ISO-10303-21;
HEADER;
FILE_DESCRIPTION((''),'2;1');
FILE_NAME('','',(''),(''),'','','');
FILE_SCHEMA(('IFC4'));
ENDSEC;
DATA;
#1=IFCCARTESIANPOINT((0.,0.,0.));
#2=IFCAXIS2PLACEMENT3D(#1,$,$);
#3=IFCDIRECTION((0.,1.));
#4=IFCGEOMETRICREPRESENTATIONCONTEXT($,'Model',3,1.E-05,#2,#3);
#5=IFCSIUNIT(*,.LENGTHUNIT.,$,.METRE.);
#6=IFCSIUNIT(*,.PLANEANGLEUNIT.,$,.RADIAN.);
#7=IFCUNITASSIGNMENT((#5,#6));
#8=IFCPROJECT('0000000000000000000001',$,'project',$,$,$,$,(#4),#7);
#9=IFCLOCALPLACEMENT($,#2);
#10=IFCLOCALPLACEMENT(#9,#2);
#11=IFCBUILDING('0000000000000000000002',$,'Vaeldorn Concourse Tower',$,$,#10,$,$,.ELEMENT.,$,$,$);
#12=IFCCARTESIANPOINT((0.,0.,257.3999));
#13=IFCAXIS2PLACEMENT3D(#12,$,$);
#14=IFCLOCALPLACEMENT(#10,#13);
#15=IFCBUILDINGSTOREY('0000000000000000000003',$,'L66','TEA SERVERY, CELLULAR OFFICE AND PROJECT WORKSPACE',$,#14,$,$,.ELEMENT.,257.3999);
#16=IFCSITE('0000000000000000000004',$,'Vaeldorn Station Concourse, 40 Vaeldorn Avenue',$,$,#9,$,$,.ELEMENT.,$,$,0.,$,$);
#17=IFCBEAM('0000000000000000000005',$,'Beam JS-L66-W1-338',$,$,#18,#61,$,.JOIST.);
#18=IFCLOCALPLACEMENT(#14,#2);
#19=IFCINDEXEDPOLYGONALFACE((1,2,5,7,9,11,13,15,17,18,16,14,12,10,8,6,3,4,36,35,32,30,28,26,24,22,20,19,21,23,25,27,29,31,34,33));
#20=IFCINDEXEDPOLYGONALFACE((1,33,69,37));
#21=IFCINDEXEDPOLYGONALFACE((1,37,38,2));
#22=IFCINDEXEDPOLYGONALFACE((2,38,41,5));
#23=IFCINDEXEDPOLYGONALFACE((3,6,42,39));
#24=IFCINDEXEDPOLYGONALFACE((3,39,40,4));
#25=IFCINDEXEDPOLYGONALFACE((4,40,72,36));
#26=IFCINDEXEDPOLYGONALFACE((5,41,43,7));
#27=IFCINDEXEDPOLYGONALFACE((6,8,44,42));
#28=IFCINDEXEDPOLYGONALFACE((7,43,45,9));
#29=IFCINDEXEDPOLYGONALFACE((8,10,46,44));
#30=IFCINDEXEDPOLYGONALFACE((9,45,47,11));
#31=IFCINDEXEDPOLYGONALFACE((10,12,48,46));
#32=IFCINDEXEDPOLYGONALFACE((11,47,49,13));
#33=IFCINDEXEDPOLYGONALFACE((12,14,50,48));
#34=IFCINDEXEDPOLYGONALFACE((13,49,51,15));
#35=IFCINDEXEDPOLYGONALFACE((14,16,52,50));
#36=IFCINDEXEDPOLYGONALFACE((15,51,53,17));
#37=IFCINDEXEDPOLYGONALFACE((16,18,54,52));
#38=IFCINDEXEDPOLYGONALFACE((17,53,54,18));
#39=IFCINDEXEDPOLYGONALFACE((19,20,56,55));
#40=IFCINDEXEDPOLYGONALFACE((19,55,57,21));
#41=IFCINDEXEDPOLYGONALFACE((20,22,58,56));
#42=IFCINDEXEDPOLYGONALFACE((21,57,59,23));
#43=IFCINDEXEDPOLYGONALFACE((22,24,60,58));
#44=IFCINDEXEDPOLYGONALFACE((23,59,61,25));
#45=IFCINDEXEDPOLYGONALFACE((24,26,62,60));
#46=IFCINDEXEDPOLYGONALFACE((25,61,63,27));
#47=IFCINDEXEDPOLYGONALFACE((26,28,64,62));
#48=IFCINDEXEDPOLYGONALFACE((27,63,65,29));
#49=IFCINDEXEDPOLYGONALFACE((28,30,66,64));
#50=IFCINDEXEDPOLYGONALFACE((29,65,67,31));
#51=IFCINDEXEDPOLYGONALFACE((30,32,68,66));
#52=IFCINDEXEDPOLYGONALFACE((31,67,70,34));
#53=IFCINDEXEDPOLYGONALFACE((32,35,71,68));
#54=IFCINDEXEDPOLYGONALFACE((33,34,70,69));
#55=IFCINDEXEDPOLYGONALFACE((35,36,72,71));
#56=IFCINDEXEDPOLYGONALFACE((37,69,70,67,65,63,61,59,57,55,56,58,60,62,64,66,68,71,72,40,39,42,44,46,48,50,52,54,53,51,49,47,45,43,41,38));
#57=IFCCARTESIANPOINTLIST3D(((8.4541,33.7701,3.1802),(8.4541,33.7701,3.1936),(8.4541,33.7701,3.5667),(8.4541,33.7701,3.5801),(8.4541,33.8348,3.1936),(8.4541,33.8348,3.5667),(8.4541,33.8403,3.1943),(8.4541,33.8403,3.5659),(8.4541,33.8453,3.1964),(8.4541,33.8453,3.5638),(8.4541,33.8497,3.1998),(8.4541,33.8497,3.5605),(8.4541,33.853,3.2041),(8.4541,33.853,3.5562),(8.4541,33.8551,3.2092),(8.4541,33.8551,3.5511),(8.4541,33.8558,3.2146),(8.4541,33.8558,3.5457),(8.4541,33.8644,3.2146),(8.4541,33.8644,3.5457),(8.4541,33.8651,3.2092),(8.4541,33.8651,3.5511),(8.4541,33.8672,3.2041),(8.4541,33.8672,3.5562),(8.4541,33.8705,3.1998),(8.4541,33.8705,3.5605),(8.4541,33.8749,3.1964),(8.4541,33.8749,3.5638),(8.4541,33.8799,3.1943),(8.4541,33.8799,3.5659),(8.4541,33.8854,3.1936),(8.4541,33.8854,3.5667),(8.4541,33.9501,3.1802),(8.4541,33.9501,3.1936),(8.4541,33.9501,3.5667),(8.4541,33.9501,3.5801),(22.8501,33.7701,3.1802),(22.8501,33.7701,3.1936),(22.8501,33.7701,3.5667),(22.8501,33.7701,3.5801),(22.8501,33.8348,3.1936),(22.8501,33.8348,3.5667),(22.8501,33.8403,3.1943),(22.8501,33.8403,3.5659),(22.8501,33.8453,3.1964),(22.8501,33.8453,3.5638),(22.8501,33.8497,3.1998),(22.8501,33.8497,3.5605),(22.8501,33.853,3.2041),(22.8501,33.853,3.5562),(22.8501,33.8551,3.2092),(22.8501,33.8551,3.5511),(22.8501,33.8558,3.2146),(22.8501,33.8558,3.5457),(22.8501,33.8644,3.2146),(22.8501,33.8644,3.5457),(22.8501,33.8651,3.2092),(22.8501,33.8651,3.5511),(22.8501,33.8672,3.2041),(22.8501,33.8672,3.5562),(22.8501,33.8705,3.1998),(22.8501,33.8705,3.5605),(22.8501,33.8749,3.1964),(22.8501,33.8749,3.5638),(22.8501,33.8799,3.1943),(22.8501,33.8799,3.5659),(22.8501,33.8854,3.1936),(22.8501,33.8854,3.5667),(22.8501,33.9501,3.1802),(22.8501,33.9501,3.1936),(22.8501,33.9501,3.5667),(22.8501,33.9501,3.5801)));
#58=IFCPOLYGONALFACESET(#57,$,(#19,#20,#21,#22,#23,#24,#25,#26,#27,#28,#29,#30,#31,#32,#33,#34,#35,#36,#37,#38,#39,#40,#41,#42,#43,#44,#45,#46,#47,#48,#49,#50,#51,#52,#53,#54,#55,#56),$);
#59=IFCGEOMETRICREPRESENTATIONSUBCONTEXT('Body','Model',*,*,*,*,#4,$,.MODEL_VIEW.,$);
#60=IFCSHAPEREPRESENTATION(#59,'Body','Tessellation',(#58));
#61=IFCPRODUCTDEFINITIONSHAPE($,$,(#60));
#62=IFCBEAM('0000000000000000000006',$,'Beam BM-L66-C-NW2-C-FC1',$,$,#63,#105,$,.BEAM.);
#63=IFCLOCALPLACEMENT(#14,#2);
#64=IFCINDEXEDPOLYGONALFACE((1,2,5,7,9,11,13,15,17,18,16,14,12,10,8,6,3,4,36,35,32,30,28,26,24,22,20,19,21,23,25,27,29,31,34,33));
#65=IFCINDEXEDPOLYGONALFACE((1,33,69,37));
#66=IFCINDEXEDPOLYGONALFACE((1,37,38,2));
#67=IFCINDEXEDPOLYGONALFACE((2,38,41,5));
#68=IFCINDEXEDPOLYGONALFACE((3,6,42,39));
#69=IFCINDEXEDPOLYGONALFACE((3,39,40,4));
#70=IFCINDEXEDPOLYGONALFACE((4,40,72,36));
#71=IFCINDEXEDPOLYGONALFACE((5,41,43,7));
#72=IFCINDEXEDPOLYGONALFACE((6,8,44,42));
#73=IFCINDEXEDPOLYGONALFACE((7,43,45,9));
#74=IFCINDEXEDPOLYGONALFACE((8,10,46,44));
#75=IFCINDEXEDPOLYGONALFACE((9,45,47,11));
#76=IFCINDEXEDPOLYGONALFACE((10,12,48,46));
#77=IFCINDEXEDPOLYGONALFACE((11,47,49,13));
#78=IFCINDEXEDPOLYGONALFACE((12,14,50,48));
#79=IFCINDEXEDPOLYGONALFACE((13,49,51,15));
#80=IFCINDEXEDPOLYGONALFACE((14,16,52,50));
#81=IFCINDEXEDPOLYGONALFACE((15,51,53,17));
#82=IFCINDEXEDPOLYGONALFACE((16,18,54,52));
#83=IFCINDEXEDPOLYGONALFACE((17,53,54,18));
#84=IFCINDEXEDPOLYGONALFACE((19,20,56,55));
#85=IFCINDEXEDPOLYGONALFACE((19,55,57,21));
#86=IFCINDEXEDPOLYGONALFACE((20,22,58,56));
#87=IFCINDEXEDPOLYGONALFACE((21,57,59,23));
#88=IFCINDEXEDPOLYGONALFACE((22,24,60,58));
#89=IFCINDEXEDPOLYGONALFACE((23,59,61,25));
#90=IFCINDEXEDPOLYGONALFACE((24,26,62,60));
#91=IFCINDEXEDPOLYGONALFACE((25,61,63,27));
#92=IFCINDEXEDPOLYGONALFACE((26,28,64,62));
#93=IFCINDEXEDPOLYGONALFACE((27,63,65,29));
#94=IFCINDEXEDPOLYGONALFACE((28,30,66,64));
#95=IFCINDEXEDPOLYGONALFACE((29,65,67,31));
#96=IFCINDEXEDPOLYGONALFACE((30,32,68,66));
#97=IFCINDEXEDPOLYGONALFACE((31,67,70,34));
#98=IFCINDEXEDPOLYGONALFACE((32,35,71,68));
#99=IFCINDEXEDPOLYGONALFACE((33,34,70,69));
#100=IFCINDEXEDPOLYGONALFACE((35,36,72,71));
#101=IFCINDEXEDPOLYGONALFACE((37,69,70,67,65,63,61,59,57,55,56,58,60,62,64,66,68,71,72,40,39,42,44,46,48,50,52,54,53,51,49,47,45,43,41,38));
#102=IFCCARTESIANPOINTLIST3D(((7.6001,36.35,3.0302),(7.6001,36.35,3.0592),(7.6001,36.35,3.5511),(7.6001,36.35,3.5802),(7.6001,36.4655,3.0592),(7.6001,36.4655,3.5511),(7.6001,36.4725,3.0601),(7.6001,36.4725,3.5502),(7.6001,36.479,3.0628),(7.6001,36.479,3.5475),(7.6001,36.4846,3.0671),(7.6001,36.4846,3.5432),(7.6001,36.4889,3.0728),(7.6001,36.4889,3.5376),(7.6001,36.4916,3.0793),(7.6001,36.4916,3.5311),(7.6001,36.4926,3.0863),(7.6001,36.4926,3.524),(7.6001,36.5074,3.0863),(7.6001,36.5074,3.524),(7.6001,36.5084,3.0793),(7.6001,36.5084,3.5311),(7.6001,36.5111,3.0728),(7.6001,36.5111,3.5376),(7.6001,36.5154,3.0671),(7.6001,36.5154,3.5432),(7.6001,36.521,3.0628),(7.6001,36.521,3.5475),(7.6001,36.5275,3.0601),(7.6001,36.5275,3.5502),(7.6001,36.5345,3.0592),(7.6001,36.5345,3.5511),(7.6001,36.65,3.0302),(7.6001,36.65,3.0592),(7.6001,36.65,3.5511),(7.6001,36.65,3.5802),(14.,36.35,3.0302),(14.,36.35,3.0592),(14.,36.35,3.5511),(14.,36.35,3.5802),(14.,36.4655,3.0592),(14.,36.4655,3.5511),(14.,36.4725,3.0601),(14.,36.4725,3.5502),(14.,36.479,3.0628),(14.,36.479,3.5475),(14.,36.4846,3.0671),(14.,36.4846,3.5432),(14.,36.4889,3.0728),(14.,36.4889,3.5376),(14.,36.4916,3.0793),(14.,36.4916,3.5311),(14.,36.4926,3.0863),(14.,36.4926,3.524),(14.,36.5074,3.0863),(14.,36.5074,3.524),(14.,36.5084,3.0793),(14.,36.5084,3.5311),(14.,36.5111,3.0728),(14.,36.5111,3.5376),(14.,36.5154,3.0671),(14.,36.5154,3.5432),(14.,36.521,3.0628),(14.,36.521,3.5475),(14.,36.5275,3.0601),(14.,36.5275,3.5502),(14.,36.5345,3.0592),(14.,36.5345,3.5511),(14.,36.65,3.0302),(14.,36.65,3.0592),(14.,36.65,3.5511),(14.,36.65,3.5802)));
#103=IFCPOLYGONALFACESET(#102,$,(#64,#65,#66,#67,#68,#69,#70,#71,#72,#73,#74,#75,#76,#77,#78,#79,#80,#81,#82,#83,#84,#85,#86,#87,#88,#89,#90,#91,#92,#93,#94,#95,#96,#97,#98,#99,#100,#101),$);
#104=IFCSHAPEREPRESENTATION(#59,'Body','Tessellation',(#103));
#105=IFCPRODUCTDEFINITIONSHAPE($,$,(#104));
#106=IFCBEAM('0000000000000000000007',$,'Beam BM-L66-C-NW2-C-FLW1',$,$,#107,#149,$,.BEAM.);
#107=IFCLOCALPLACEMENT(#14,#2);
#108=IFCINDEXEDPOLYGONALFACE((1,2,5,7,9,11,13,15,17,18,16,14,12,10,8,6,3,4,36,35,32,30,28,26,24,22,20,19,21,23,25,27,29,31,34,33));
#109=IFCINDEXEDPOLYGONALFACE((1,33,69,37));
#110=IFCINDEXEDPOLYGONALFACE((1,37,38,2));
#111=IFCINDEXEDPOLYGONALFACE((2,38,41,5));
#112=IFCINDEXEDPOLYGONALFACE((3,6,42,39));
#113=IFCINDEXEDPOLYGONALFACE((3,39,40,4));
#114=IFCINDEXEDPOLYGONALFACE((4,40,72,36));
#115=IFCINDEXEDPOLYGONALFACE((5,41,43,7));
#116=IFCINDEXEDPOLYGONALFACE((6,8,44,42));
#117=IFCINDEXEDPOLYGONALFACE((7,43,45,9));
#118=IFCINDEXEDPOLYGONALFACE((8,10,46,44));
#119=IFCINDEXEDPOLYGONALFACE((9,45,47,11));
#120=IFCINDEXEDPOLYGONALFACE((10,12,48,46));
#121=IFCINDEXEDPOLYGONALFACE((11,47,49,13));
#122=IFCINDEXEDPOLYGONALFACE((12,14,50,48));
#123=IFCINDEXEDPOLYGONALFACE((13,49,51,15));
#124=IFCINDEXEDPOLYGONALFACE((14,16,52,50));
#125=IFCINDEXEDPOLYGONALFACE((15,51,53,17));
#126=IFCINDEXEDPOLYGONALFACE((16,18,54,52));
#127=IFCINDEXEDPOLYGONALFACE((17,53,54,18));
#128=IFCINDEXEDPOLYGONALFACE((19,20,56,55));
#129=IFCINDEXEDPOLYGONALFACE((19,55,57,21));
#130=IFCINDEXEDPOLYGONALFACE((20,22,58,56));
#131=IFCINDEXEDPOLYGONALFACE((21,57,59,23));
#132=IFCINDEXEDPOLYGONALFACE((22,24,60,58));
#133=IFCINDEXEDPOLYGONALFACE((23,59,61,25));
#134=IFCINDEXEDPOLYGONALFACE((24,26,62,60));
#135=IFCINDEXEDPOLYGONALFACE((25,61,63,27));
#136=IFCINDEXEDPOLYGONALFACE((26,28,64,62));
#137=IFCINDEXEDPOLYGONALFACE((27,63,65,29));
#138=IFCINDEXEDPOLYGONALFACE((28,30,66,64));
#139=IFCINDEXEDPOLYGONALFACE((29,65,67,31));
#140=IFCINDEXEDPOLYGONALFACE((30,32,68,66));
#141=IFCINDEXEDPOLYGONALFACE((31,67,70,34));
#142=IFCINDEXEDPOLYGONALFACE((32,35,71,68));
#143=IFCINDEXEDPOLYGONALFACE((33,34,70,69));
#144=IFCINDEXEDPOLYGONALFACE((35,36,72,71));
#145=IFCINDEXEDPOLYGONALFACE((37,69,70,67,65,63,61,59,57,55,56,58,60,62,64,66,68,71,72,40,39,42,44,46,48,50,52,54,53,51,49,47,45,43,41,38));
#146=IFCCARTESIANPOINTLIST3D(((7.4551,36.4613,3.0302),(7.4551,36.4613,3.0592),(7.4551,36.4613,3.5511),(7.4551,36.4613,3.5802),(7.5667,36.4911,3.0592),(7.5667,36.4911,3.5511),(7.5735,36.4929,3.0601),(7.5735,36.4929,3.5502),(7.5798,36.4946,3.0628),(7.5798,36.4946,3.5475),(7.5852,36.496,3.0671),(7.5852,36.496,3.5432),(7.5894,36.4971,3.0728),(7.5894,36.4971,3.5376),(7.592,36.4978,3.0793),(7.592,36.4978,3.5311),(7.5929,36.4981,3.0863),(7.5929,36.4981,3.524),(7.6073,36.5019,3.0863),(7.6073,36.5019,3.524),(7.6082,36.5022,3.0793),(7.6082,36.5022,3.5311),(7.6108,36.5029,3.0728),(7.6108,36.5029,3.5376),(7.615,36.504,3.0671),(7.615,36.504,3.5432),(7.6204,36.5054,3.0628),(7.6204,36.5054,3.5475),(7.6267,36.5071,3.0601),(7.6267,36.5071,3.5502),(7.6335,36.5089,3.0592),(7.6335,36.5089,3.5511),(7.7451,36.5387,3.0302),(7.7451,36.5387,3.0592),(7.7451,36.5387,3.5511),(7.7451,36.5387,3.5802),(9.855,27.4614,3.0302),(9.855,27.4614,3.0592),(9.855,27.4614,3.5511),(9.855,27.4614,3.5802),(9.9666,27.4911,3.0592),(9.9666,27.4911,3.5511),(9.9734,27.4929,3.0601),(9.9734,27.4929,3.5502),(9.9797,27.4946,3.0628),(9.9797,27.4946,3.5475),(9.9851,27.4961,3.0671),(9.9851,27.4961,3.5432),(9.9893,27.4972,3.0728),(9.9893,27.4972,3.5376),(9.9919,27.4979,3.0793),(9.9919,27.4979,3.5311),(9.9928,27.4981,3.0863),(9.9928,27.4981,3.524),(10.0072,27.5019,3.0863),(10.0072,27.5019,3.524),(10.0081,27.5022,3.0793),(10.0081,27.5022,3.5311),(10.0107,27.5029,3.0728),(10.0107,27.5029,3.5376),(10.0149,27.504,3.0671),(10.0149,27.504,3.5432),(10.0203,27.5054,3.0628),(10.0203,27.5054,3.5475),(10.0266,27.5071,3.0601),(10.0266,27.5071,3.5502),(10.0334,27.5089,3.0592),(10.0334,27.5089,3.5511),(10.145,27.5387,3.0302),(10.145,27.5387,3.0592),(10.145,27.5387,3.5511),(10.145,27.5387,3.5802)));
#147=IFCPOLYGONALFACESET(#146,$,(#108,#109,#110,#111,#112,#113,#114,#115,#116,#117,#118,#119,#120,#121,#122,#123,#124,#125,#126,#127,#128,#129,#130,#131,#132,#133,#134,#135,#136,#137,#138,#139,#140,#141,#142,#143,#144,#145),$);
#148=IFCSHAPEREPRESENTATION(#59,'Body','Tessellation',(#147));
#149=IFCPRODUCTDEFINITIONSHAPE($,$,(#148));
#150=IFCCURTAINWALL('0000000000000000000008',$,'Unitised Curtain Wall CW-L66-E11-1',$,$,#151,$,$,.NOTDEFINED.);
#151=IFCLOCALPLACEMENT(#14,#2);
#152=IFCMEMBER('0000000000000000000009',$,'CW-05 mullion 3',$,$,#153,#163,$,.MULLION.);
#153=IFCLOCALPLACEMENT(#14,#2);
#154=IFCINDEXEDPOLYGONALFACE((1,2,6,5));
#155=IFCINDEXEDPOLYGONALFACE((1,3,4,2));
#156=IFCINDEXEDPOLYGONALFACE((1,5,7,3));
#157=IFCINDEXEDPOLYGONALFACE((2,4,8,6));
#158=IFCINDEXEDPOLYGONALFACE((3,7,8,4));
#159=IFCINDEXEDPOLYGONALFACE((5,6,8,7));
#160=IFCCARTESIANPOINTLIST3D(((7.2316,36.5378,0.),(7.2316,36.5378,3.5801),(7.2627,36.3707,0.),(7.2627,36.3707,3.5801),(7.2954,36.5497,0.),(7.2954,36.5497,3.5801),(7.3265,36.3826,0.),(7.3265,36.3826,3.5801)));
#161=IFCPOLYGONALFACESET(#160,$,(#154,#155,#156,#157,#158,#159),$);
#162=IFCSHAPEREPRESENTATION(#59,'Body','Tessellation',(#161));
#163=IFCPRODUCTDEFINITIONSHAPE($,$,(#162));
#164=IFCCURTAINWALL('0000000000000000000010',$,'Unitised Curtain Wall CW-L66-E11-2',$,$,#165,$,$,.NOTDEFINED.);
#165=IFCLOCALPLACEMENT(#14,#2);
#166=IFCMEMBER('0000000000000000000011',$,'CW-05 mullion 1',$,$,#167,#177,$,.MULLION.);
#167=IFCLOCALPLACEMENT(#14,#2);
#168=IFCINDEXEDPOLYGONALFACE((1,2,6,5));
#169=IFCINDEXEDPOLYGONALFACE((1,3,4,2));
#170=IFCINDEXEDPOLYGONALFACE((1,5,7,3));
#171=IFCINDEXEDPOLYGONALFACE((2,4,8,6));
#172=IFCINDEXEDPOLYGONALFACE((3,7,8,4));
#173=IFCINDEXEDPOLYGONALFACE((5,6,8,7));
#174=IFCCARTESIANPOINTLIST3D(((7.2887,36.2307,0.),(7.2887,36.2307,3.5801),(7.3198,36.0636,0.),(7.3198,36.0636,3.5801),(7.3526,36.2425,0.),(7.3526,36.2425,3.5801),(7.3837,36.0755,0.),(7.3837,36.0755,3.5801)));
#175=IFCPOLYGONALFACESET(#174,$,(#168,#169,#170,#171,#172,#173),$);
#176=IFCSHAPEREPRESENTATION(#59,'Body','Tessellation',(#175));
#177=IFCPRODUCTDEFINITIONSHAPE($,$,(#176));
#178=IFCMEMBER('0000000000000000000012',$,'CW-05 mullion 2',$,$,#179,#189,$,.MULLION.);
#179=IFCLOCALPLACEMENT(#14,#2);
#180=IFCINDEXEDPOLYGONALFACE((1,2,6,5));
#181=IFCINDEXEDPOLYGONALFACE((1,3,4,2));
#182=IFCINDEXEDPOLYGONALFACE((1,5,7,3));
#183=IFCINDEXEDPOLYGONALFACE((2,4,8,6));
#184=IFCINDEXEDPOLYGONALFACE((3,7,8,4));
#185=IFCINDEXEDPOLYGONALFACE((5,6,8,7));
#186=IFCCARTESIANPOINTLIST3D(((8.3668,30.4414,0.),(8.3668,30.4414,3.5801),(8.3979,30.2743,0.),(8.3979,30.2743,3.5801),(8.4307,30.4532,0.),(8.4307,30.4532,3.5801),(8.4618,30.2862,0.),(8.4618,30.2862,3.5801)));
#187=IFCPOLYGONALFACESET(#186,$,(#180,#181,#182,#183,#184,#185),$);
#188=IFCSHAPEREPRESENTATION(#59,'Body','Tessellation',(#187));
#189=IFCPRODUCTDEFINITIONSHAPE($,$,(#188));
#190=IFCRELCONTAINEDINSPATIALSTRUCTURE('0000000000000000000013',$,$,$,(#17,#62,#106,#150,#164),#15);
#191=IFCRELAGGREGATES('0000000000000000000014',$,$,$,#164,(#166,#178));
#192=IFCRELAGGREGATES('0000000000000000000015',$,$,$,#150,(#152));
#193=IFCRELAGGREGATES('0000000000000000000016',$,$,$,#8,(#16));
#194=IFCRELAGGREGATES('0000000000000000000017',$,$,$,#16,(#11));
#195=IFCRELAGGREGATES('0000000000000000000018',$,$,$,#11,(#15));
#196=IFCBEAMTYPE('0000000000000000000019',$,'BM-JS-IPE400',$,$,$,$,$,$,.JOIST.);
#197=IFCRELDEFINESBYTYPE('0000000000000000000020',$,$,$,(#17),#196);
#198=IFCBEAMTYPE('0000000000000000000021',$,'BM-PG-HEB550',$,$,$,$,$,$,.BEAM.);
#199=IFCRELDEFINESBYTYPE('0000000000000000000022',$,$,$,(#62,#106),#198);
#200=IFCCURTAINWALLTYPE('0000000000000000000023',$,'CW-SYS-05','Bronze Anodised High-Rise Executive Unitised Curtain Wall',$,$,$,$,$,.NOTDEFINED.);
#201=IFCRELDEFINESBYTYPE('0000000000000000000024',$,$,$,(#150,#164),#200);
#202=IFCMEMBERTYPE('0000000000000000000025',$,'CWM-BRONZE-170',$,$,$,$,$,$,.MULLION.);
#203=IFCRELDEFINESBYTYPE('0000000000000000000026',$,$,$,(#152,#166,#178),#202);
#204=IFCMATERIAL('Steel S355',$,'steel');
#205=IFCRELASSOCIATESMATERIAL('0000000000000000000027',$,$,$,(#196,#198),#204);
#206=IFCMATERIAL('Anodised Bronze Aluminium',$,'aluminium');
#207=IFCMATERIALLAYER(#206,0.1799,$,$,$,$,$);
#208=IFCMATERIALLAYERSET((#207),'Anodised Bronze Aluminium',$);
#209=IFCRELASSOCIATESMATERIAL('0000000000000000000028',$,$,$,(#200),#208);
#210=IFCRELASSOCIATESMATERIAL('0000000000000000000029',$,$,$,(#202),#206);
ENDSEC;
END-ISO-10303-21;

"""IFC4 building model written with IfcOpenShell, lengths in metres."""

from ifc_helpers import new_model, si_unit, direction, frame, origin, origin_2d, place, context, subcontext, project, spatial, rectangle, i_section, extrude, source, transform, mapped, material, layer, layer_set, material_profile, profile_set, type_object, element, aggregate, save


model = new_model("IFC4")

# Units and contexts
model_context = context("Model", 3, precision=1e-05, world=origin(), true_north=direction((0.0, 1.0)))
body_context = subcontext(model_context, "Body", "Model", "MODEL_VIEW")
ifc_project = project(units=[si_unit("LENGTHUNIT", "METRE"), si_unit("PLANEANGLEUNIT", "RADIAN")], contexts=[model_context])

# Site, building, storey
site_placement = place(None, origin())
site = spatial("IfcSite", under=ifc_project, at=site_placement, Name="Vaeldorn Station Concourse, 40 Vaeldorn Avenue", CompositionType="ELEMENT", RefElevation=0.0)
building_placement = place(site_placement, origin())
building = spatial("IfcBuilding", under=site, at=building_placement, Name="Vaeldorn Concourse Tower", CompositionType="ELEMENT")
storey_placement = place(building_placement, frame((0.0, 0.0, 257.3999)))
storey = spatial("IfcBuildingStorey", under=building, at=storey_placement, Name="L66", Description="TEA SERVERY, CELLULAR OFFICE AND PROJECT WORKSPACE", CompositionType="ELEMENT", Elevation=257.3999)

# Shared definitions
ifc_material_1 = material(Name="Steel S355", Category="steel")

# Beams
ifc_material_profile_1 = material_profile(ifc_material_1, i_section(OverallWidth=0.1799, OverallDepth=0.3999, WebThickness=0.0085, FlangeThickness=0.0134, FilletRadius=0.021, at=origin_2d()), Name="IPE 400")
ifc_profile_set_1 = profile_set([ifc_material_profile_1], Name="Steel S355")
beam_type_1 = type_object("IfcBeamType", Name="BM-JS-IPE400", PredefinedType="JOIST", material=ifc_profile_set_1)
shared_shape_1 = source(origin(), body_context, "Body", "SweptSolid", [
    extrude(i_section(OverallWidth=0.1799, OverallDepth=0.3999, WebThickness=0.0085, FlangeThickness=0.0134, FilletRadius=0.021, at=origin_2d()), origin(), (0.0, 0.0, 1.0), 14.396),
])
beam_1_placement = place(storey_placement, frame((8.4541, 33.8601, 3.3801), z_axis=(1.0, 0.0, 0.0), x_axis=(0.0, 1.0, 0.0)))
element("IfcBeam", 1, at=beam_1_placement, inside=storey, type_object=beam_type_1, Name="Beam JS-L66-W1-338", PredefinedType="JOIST", context=body_context, shape_type="MappedRepresentation", body=[
    mapped(shared_shape_1, transform((0.0, 0.0, 0.0), scale=1.0)),
])
ifc_material_profile_2 = material_profile(ifc_material_1, i_section(OverallWidth=0.3, OverallDepth=0.55, WebThickness=0.0149, FlangeThickness=0.0291, FilletRadius=0.0271, at=origin_2d()), Name="HEB 550")
ifc_profile_set_2 = profile_set([ifc_material_profile_2], Name="Steel S355")
beam_type_2 = type_object("IfcBeamType", Name="BM-PG-HEB550", PredefinedType="BEAM", material=ifc_profile_set_2)
shared_shape_2 = source(origin(), body_context, "Body", "SweptSolid", [
    extrude(i_section(OverallWidth=0.3, OverallDepth=0.55, WebThickness=0.0149, FlangeThickness=0.0291, FilletRadius=0.0271, at=origin_2d()), origin(), (0.0, 0.0, 1.0), 6.3999),
])
beam_2_placement = place(storey_placement, frame((7.6001, 36.5, 3.3052), z_axis=(1.0, 0.0, 0.0), x_axis=(0.0, 1.0, 0.0)))
element("IfcBeam", 2, at=beam_2_placement, inside=storey, type_object=beam_type_2, Name="Beam BM-L66-C-NW2-C-FC1", PredefinedType="BEAM", context=body_context, shape_type="MappedRepresentation", body=[
    mapped(shared_shape_2, transform((0.0, 0.0, 0.0), scale=1.0)),
])
shared_shape_3 = source(origin(), body_context, "Body", "SweptSolid", [
    extrude(i_section(OverallWidth=0.3, OverallDepth=0.55, WebThickness=0.0149, FlangeThickness=0.0291, FilletRadius=0.0271, at=origin_2d()), origin(), (0.0, 0.0, 1.0), 9.3145),
])
beam_3_placement = place(storey_placement, frame((7.6001, 36.5, 3.3052), z_axis=(0.257653, -0.966238, 0.0), x_axis=(0.966238, 0.257653, 0.0)))
element("IfcBeam", 3, at=beam_3_placement, inside=storey, type_object=beam_type_2, Name="Beam BM-L66-C-NW2-C-FLW1", PredefinedType="BEAM", context=body_context, shape_type="MappedRepresentation", body=[
    mapped(shared_shape_3, transform((0.0, 0.0, 0.0), scale=1.0)),
])

# Curtain wall, member
ifc_material_2 = material(Name="Anodised Bronze Aluminium", Category="aluminium")
ifc_layer_1 = layer(ifc_material_2, 0.1799)
ifc_layer_set_1 = layer_set([ifc_layer_1], Name="Anodised Bronze Aluminium")
curtain_wall_type = type_object("IfcCurtainWallType", Name="CW-SYS-05", Description="Bronze Anodised High-Rise Executive Unitised Curtain Wall", PredefinedType="NOTDEFINED", material=ifc_layer_set_1)
curtain_wall_1_placement = place(storey_placement, origin())
curtain_wall_1 = element("IfcCurtainWall", 4, at=curtain_wall_1_placement, inside=storey, type_object=curtain_wall_type, Name="Unitised Curtain Wall CW-L66-E11-1", PredefinedType="NOTDEFINED")
ifc_material_profile_3 = material_profile(ifc_material_2, rectangle(XDim=0.0649, YDim=0.1699, at=origin_2d()), Name="CWM 65x170")
ifc_profile_set_3 = profile_set([ifc_material_profile_3], Name="Anodised Bronze Aluminium")
member_type_1 = type_object("IfcMemberType", Name="CWM-BRONZE-170", PredefinedType="MULLION", material=ifc_profile_set_3)
shared_shape_4 = source(origin(), body_context, "Body", "SweptSolid", [
    extrude(rectangle(XDim=0.0649, YDim=0.1699, at=origin_2d()), origin(), (0.0, 0.0, 1.0), 3.5801),
])
member_1_placement = place(storey_placement, frame((7.2791, 36.4602, 0.0), z_axis=(0.0, 0.0, 1.0), x_axis=(0.983103, 0.183054, 0.0)))
member_1 = element("IfcMember", 5, at=member_1_placement, type_object=member_type_1, Name="CW-05 mullion 3", PredefinedType="MULLION", context=body_context, shape_type="MappedRepresentation", body=[
    mapped(shared_shape_4, transform((0.0, 0.0, 0.0), scale=1.0)),
])

# Curtain wall, members
curtain_wall_2_placement = place(storey_placement, origin())
curtain_wall_2 = element("IfcCurtainWall", 6, at=curtain_wall_2_placement, inside=storey, type_object=curtain_wall_type, Name="Unitised Curtain Wall CW-L66-E11-2", PredefinedType="NOTDEFINED")
member_2_placement = place(storey_placement, frame((7.3362, 36.1531, 0.0), z_axis=(0.0, 0.0, 1.0), x_axis=(0.983103, 0.183055, 0.0)))
member_2 = element("IfcMember", 7, at=member_2_placement, type_object=member_type_1, Name="CW-05 mullion 1", PredefinedType="MULLION", context=body_context, shape_type="MappedRepresentation", body=[
    mapped(shared_shape_4, transform((0.0, 0.0, 0.0), scale=1.0)),
])
member_3_placement = place(storey_placement, frame((8.4143, 30.3638, 0.0), z_axis=(0.0, 0.0, 1.0), x_axis=(0.983103, 0.183055, 0.0)))
member_3 = element("IfcMember", 8, at=member_3_placement, type_object=member_type_1, Name="CW-05 mullion 2", PredefinedType="MULLION", context=body_context, shape_type="MappedRepresentation", body=[
    mapped(shared_shape_4, transform((0.0, 0.0, 0.0), scale=1.0)),
])

aggregate(curtain_wall_2, [member_2, member_3])
aggregate(curtain_wall_1, [member_1])

save(model, "model.ifc")
